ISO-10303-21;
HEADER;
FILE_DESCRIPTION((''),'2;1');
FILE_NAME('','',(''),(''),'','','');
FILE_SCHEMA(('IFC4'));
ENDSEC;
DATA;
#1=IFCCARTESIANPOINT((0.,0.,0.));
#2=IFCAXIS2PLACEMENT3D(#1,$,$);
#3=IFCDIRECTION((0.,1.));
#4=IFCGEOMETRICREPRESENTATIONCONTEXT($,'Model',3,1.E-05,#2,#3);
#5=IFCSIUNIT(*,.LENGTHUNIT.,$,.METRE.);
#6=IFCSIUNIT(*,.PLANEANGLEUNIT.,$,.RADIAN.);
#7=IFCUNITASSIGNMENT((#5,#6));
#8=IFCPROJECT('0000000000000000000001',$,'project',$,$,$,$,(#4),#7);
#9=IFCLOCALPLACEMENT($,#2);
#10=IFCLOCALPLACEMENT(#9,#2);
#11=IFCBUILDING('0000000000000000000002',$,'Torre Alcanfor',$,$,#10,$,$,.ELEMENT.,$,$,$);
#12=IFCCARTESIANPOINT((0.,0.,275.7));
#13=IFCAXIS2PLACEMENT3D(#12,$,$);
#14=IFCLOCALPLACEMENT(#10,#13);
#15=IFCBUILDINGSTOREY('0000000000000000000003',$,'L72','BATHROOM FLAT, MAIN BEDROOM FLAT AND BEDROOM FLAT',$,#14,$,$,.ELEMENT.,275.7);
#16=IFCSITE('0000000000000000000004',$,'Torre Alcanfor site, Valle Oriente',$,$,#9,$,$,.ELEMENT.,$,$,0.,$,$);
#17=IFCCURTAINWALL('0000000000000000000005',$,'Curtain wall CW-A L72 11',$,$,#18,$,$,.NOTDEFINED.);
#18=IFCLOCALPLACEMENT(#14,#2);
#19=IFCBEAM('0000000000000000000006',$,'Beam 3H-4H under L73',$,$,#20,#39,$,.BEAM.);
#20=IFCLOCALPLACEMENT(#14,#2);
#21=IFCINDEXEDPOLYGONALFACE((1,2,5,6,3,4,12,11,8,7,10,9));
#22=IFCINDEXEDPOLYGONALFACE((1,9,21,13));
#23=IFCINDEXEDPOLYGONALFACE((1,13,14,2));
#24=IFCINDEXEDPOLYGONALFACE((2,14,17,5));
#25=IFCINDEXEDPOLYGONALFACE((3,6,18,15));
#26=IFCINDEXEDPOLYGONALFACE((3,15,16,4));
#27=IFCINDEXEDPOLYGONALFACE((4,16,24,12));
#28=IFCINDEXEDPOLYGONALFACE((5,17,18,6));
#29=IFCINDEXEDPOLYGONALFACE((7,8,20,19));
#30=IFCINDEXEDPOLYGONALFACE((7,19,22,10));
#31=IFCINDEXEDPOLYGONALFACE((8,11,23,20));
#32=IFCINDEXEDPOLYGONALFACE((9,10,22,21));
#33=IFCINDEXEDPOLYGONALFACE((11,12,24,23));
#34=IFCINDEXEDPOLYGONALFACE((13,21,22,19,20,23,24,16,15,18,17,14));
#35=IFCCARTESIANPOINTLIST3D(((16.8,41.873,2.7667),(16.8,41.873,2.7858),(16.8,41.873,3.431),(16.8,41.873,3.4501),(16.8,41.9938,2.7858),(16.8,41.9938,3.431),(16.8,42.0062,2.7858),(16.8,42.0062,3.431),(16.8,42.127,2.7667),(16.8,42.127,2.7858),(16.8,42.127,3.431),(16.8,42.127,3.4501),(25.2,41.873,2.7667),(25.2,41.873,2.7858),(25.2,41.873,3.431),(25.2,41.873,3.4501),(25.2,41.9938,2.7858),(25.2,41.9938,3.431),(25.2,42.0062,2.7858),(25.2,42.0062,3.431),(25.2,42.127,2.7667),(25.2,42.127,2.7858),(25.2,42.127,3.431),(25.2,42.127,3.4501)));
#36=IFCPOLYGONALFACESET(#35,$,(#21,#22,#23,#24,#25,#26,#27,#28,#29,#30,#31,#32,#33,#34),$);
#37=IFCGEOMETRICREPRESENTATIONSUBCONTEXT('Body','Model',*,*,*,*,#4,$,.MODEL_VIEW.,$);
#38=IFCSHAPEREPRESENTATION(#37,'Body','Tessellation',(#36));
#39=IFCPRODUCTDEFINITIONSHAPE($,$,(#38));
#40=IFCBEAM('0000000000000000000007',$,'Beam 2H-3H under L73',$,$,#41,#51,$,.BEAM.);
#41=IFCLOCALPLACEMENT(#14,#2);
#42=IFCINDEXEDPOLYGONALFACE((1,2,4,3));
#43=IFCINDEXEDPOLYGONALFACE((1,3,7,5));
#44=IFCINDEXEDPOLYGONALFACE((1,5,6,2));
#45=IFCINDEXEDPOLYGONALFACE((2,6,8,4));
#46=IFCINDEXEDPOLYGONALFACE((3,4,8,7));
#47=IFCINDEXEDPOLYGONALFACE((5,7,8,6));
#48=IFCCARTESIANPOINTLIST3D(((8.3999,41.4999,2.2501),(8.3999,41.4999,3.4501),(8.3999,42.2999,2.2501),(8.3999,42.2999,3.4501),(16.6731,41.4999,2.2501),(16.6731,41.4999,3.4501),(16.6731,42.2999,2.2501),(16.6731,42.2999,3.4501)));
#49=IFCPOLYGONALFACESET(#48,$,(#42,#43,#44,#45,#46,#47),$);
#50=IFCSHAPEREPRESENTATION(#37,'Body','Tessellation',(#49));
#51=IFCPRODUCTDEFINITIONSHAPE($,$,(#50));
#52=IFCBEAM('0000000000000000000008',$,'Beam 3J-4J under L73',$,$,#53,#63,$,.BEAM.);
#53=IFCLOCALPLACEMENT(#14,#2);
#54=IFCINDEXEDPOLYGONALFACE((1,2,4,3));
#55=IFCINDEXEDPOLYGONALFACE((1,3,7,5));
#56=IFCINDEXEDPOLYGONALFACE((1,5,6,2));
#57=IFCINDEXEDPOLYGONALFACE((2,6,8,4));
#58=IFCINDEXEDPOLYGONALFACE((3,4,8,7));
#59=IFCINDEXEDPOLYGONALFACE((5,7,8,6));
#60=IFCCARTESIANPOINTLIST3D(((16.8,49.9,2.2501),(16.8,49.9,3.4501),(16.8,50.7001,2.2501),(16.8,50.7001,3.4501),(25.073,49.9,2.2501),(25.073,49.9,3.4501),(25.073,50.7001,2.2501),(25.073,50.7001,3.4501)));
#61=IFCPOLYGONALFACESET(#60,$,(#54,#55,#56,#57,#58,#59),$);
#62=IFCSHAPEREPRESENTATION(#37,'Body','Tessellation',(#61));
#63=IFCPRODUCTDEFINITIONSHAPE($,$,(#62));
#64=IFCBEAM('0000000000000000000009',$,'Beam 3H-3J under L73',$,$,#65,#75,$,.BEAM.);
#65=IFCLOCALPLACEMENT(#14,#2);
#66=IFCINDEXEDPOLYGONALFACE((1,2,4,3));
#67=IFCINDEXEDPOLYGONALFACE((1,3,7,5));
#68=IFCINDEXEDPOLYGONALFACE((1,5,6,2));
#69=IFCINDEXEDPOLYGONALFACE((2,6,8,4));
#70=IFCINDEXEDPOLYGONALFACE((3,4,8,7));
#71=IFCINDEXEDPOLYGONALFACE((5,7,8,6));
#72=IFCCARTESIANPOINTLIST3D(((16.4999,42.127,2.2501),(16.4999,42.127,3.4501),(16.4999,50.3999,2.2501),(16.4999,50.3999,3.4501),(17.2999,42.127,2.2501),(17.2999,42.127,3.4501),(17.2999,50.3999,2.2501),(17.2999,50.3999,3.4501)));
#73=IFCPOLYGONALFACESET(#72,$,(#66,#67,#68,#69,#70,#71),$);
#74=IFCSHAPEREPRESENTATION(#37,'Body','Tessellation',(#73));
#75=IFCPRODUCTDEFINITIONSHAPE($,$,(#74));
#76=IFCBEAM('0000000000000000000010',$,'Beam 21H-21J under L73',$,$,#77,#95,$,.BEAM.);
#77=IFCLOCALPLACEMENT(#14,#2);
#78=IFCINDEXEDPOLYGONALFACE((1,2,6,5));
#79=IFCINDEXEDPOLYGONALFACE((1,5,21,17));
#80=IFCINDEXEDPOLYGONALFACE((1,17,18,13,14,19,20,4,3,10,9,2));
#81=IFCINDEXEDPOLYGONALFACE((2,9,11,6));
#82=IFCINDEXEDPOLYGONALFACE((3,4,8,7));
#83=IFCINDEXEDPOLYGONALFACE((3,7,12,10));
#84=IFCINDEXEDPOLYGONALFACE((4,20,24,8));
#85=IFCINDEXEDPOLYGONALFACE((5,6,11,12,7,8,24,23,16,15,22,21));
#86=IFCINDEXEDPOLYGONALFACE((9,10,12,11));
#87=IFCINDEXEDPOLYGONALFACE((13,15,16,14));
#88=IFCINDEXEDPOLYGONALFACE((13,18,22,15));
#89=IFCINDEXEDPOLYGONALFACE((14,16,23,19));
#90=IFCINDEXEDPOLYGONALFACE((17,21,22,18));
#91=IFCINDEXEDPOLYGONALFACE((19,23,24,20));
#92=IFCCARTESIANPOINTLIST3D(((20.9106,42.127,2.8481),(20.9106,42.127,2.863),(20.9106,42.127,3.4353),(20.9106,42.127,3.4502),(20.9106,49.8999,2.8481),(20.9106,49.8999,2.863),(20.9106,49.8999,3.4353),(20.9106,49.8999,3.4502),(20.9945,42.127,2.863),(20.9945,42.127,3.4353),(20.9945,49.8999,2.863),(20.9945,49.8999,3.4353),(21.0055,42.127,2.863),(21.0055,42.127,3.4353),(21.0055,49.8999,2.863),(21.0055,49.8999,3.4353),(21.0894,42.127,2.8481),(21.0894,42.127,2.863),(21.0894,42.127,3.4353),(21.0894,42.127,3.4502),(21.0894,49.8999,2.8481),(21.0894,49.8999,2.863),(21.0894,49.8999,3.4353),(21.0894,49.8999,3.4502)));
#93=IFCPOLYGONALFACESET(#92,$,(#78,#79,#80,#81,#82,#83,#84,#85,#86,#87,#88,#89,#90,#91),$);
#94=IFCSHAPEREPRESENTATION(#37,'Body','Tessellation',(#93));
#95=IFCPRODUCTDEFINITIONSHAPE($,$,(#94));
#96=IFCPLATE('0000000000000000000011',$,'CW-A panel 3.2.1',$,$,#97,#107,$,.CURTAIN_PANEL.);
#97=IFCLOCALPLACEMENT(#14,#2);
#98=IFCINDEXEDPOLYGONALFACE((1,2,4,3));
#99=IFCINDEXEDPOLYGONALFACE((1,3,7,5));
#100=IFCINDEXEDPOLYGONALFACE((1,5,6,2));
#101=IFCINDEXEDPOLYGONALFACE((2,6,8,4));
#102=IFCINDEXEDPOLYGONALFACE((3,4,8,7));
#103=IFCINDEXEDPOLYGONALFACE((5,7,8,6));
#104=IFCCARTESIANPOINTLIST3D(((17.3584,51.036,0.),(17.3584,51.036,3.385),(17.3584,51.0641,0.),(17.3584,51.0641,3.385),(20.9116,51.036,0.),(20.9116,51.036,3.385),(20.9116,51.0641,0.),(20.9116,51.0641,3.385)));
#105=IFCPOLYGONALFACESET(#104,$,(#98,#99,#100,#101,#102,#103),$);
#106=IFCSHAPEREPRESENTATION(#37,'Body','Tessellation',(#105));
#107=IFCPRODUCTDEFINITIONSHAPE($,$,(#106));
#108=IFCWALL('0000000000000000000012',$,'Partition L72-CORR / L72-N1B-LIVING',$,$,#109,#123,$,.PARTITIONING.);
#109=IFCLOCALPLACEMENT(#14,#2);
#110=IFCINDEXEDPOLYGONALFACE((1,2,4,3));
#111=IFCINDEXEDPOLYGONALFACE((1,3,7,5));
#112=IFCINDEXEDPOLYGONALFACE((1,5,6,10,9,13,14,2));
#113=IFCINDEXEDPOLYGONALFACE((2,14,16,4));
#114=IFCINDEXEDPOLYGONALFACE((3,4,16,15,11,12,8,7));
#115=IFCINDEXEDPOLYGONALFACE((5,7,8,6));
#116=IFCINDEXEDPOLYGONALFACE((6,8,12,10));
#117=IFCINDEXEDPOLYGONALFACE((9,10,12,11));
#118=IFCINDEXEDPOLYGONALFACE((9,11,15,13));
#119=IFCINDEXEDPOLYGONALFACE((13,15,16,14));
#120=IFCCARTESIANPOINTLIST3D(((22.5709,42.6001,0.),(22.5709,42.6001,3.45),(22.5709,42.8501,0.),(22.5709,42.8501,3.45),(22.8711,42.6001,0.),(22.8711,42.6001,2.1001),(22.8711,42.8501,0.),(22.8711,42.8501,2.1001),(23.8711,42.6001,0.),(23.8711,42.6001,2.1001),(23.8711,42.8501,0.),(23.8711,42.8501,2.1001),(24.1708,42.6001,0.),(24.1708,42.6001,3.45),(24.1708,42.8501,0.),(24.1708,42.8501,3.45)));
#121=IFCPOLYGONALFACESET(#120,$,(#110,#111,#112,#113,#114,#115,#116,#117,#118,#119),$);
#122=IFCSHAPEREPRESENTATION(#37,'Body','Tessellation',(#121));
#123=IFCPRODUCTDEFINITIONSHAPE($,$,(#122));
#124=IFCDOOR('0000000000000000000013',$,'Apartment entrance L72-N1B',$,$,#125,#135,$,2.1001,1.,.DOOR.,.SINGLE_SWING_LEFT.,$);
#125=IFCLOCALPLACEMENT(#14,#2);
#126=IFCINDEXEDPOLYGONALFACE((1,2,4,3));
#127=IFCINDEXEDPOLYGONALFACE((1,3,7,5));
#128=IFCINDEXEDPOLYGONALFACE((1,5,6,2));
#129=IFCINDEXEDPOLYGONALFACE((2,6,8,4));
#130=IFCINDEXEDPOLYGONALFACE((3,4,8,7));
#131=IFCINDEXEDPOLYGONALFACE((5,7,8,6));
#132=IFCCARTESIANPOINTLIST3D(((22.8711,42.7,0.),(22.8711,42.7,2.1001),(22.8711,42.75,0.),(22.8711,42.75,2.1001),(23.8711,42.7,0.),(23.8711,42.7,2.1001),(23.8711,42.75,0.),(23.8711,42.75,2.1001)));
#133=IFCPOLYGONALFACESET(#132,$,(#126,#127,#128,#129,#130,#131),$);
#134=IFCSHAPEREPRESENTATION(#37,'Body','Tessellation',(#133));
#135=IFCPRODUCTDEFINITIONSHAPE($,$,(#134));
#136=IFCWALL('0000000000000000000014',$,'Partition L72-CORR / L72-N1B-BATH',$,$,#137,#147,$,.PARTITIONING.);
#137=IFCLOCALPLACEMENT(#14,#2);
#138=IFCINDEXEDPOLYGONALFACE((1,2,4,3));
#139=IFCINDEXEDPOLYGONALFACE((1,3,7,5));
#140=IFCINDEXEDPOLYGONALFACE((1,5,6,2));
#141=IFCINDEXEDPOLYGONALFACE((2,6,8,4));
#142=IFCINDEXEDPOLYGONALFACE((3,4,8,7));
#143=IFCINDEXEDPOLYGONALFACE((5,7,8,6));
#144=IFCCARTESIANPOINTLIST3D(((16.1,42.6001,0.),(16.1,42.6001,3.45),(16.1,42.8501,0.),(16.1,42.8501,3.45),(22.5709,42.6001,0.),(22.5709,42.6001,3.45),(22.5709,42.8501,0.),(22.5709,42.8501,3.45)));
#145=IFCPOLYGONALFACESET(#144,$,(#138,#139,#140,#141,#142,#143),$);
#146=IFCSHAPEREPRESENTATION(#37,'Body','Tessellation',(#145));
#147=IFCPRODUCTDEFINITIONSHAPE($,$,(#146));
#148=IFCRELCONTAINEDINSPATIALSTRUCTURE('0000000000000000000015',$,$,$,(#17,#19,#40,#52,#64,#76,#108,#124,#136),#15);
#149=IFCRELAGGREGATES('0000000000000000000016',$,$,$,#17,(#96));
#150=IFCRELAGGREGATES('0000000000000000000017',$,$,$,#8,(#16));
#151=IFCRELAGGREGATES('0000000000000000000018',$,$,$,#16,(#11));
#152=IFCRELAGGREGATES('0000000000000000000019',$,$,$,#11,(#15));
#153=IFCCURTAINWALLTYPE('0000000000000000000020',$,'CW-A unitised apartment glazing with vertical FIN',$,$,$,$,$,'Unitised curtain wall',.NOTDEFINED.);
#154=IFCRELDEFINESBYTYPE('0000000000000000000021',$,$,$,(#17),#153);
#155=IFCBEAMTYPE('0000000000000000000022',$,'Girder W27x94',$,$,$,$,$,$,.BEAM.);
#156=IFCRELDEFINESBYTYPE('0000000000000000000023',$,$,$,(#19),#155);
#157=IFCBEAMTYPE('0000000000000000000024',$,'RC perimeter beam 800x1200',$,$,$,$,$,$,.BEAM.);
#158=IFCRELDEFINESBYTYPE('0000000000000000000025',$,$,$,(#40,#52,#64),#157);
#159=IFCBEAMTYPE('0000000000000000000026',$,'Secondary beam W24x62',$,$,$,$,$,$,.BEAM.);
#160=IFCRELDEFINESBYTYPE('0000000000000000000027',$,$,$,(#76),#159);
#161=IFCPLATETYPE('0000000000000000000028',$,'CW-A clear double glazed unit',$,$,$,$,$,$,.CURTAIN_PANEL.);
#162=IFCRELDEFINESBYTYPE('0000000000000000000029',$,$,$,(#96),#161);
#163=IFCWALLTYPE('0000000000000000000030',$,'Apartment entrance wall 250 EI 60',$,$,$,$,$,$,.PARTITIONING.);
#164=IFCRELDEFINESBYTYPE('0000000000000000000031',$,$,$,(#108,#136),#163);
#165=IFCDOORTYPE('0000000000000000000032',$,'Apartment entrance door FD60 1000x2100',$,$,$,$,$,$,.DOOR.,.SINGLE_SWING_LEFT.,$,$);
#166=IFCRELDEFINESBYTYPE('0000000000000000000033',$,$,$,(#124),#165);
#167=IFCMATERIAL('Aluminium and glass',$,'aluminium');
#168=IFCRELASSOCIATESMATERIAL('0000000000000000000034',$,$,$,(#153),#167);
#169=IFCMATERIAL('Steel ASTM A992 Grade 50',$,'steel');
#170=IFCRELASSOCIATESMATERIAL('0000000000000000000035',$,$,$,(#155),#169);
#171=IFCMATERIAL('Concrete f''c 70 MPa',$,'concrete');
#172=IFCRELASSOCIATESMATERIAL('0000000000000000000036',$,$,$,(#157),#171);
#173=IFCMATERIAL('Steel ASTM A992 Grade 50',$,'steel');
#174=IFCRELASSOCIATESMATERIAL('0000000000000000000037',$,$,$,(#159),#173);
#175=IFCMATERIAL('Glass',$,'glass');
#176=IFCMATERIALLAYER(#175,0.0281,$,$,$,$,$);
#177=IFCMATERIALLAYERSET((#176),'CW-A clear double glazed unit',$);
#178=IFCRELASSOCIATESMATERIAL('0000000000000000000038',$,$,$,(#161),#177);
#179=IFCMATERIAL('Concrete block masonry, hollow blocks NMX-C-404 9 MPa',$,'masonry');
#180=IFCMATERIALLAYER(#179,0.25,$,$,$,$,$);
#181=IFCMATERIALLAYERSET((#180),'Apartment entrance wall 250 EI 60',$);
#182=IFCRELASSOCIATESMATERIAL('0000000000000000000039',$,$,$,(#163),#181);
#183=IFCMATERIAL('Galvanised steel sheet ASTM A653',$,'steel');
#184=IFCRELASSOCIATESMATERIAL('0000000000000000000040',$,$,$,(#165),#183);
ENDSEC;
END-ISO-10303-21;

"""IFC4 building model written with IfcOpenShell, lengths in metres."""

from ifc_helpers import new_model, si_unit, direction, frame, frame_2d, origin, origin_2d, place, context, subcontext, project, spatial, rectangle, i_section, extrude, material, layer, layer_set, material_profile, profile_set, type_object, element, fill, aggregate, save


model = new_model("IFC4")

# Units and contexts
model_context = context("Model", 3, precision=1e-05, world=origin(), true_north=direction((0.0, 1.0)))
body_context = subcontext(model_context, "Body", "Model", "MODEL_VIEW")
ifc_project = project(units=[si_unit("LENGTHUNIT", "METRE"), si_unit("PLANEANGLEUNIT", "RADIAN")], contexts=[model_context])

# Site, building, storey
site_placement = place(None, origin())
site = spatial("IfcSite", under=ifc_project, at=site_placement, Name="Torre Alcanfor site, Valle Oriente", CompositionType="ELEMENT", RefElevation=0.0)
building_placement = place(site_placement, origin())
building = spatial("IfcBuilding", under=site, at=building_placement, Name="Torre Alcanfor", CompositionType="ELEMENT")
storey_placement = place(building_placement, frame((0.0, 0.0, 275.7)))
storey = spatial("IfcBuildingStorey", under=building, at=storey_placement, Name="L72", Description="BATHROOM FLAT, MAIN BEDROOM FLAT AND BEDROOM FLAT", CompositionType="ELEMENT", Elevation=275.7)

# Shared definitions
ifc_material_1 = material(Name="Aluminium and glass", Category="aluminium")
curtain_wall_type = type_object("IfcCurtainWallType", Name="CW-A unitised apartment glazing with vertical FIN", ElementType="Unitised curtain wall", PredefinedType="NOTDEFINED", material=ifc_material_1)

# Curtain wall
curtain_wall_1_placement = place(storey_placement, origin())
curtain_wall_1 = element("IfcCurtainWall", 1, at=curtain_wall_1_placement, inside=storey, type_object=curtain_wall_type, Name="Curtain wall CW-A L72 11", PredefinedType="NOTDEFINED")

# Beams
ifc_material_2 = material(Name="Steel ASTM A992 Grade 50", Category="steel")
ifc_material_profile_1 = material_profile(ifc_material_2, i_section(OverallWidth=0.2539, OverallDepth=0.6833, WebThickness=0.0125, FlangeThickness=0.019, at=origin_2d()), Name="W27x94")
ifc_profile_set_1 = profile_set([ifc_material_profile_1], Name="Steel ASTM A992 Grade 50")
beam_type_1 = type_object("IfcBeamType", Name="Girder W27x94", PredefinedType="BEAM", material=ifc_profile_set_1)
beam_1_placement = place(storey_placement, frame((16.8, 42.0, 3.1084), z_axis=(1.0, 0.0, 0.0), x_axis=(0.0, 1.0, 0.0)))
element("IfcBeam", 2, at=beam_1_placement, inside=storey, type_object=beam_type_1, Name="Beam 3H-4H under L73", PredefinedType="BEAM", context=body_context, shape_type="SweptSolid", body=[
    extrude(i_section(OverallWidth=0.2539, OverallDepth=0.6833, WebThickness=0.0125, FlangeThickness=0.019, at=origin_2d()), origin(), (0.0, 0.0, 1.0), 8.3999),
])
ifc_material_3 = material(Name="Concrete f'c 70 MPa", Category="concrete")
ifc_material_profile_2 = material_profile(ifc_material_3, rectangle(XDim=0.8, YDim=1.2, at=origin_2d()), Name="800x1200")
ifc_profile_set_2 = profile_set([ifc_material_profile_2], Name="Concrete f'c 70 MPa")
beam_type_2 = type_object("IfcBeamType", Name="RC perimeter beam 800x1200", PredefinedType="BEAM", material=ifc_profile_set_2)
beam_2_placement = place(storey_placement, frame((8.3999, 41.8999, 2.8501), z_axis=(1.0, 0.0, 0.0), x_axis=(0.0, 1.0, 0.0)))
element("IfcBeam", 3, at=beam_2_placement, inside=storey, type_object=beam_type_2, Name="Beam 2H-3H under L73", PredefinedType="BEAM", context=body_context, shape_type="SweptSolid", body=[
    extrude(rectangle(XDim=0.8, YDim=1.2, at=origin_2d()), origin(), (0.0, 0.0, 1.0), 8.2732),
])
for number, where, z_axis, x_axis, name in (
    (4, (16.8, 50.3, 2.8501), (1.0, 0.0, 0.0), (0.0, 1.0, 0.0), "Beam 3J-4J under L73"),
    (5, (16.8999, 42.127, 2.8501), (0.0, 1.0, 0.0), (-1.0, 0.0, 0.0), "Beam 3H-3J under L73"),
):
    element("IfcBeam", number, at=place(storey_placement, frame(where, z_axis=z_axis, x_axis=x_axis)), inside=storey, type_object=beam_type_2, Name=name, PredefinedType="BEAM", context=body_context, shape_type="SweptSolid", body=[
        extrude(rectangle(XDim=0.8, YDim=1.2, at=origin_2d()), origin(), (0.0, 0.0, 1.0), 8.2729),
    ])
ifc_material_4 = material(Name="Steel ASTM A992 Grade 50", Category="steel")
ifc_material_profile_3 = material_profile(ifc_material_4, i_section(OverallWidth=0.1787, OverallDepth=0.6021, WebThickness=0.011, FlangeThickness=0.0149, at=origin_2d()), Name="W24x62")
ifc_profile_set_3 = profile_set([ifc_material_profile_3], Name="Steel ASTM A992 Grade 50")
beam_type_3 = type_object("IfcBeamType", Name="Secondary beam W24x62", PredefinedType="BEAM", material=ifc_profile_set_3)
beam_3_placement = place(storey_placement, frame((21.0, 42.127, 3.1492), z_axis=(0.0, 1.0, 0.0), x_axis=(-1.0, 0.0, 0.0)))
element("IfcBeam", 6, at=beam_3_placement, inside=storey, type_object=beam_type_3, Name="Beam 21H-21J under L73", PredefinedType="BEAM", context=body_context, shape_type="SweptSolid", body=[
    extrude(i_section(OverallWidth=0.1787, OverallDepth=0.6021, WebThickness=0.011, FlangeThickness=0.0149, at=origin_2d()), origin(), (0.0, 0.0, 1.0), 7.7729),
])

# Plate
ifc_material_5 = material(Name="Glass", Category="glass")
ifc_layer_1 = layer(ifc_material_5, 0.0281)
ifc_layer_set_1 = layer_set([ifc_layer_1], Name="CW-A clear double glazed unit")
plate_type = type_object("IfcPlateType", Name="CW-A clear double glazed unit", PredefinedType="CURTAIN_PANEL", material=ifc_layer_set_1)
plate_placement = place(storey_placement, frame((19.135, 51.05, 0.0), z_axis=(0.0, 0.0, 1.0), x_axis=(-1.0, 0.0, 0.0)))
plate = element("IfcPlate", 7, at=plate_placement, type_object=plate_type, Name="CW-A panel 3.2.1", PredefinedType="CURTAIN_PANEL", context=body_context, shape_type="SweptSolid", body=[
    extrude(rectangle(XDim=3.5532, YDim=0.0281, at=origin_2d()), origin(), (0.0, 0.0, 1.0), 3.385),
])
aggregate(curtain_wall_1, [plate])

# Wall, opening, door
ifc_material_6 = material(Name="Concrete block masonry, hollow blocks NMX-C-404 9 MPa", Category="masonry")
ifc_layer_2 = layer(ifc_material_6, 0.25)
ifc_layer_set_2 = layer_set([ifc_layer_2], Name="Apartment entrance wall 250 EI 60")
wall_type_1 = type_object("IfcWallType", Name="Apartment entrance wall 250 EI 60", PredefinedType="PARTITIONING", material=ifc_layer_set_2)
wall_1_placement = place(storey_placement, frame((22.571, 42.7251, 0.0), z_axis=(0.0, 0.0, 1.0), x_axis=(1.0, 0.0, 0.0)))
wall_1 = element("IfcWall", 8, at=wall_1_placement, inside=storey, type_object=wall_type_1, Name="Partition L72-CORR / L72-N1B-LIVING", PredefinedType="PARTITIONING", context=body_context, shape_type="SweptSolid", body=[
    extrude(rectangle(XDim=1.5999, YDim=0.25, at=frame_2d((0.7998, 0.0))), origin(), (0.0, 0.0, 1.0), 3.45),
])
opening_1_placement = place(wall_1_placement, frame((0.3, 0.0, 0.0)))
opening_1 = element("IfcOpeningElement", 9, at=opening_1_placement, cuts=wall_1, PredefinedType="OPENING", context=body_context, shape_type="SweptSolid", body=[
    extrude(rectangle(XDim=1.0, YDim=2.1001, at=frame_2d((0.5, 1.05))), frame((0.0, 0.135, 0.0), z_axis=(0.0, -1.0, 0.0), x_axis=(1.0, 0.0, 0.0)), (0.0, 0.0, 1.0), 0.27),
])
ifc_material_7 = material(Name="Galvanised steel sheet ASTM A653", Category="steel")
door_type_1 = type_object("IfcDoorType", Name="Apartment entrance door FD60 1000x2100", OperationType="SINGLE_SWING_LEFT", PredefinedType="DOOR", material=ifc_material_7)
door_1_placement = place(opening_1_placement, origin())
door_1 = element("IfcDoor", 10, at=door_1_placement, inside=storey, type_object=door_type_1, Name="Apartment entrance L72-N1B", OperationType="SINGLE_SWING_LEFT", OverallHeight=2.1001, OverallWidth=1.0, PredefinedType="DOOR", context=body_context, shape_type="SweptSolid", body=[
    extrude(rectangle(XDim=1.0, YDim=2.1001, at=frame_2d((0.5, 1.05))), frame((0.0, 0.0249, 0.0), z_axis=(0.0, -1.0, 0.0), x_axis=(1.0, 0.0, 0.0)), (0.0, 0.0, 1.0), 0.05),
])
fill(opening_1, door_1)

# Wall
wall_2_placement = place(storey_placement, frame((16.1001, 42.7251, 0.0), z_axis=(0.0, 0.0, 1.0), x_axis=(1.0, 0.0, 0.0)))
element("IfcWall", 11, at=wall_2_placement, inside=storey, type_object=wall_type_1, Name="Partition L72-CORR / L72-N1B-BATH", PredefinedType="PARTITIONING", context=body_context, shape_type="SweptSolid", body=[
    extrude(rectangle(XDim=6.4709, YDim=0.25, at=frame_2d((3.2354, 0.0))), origin(), (0.0, 0.0, 1.0), 3.45),
])

save(model, "model.ifc")
